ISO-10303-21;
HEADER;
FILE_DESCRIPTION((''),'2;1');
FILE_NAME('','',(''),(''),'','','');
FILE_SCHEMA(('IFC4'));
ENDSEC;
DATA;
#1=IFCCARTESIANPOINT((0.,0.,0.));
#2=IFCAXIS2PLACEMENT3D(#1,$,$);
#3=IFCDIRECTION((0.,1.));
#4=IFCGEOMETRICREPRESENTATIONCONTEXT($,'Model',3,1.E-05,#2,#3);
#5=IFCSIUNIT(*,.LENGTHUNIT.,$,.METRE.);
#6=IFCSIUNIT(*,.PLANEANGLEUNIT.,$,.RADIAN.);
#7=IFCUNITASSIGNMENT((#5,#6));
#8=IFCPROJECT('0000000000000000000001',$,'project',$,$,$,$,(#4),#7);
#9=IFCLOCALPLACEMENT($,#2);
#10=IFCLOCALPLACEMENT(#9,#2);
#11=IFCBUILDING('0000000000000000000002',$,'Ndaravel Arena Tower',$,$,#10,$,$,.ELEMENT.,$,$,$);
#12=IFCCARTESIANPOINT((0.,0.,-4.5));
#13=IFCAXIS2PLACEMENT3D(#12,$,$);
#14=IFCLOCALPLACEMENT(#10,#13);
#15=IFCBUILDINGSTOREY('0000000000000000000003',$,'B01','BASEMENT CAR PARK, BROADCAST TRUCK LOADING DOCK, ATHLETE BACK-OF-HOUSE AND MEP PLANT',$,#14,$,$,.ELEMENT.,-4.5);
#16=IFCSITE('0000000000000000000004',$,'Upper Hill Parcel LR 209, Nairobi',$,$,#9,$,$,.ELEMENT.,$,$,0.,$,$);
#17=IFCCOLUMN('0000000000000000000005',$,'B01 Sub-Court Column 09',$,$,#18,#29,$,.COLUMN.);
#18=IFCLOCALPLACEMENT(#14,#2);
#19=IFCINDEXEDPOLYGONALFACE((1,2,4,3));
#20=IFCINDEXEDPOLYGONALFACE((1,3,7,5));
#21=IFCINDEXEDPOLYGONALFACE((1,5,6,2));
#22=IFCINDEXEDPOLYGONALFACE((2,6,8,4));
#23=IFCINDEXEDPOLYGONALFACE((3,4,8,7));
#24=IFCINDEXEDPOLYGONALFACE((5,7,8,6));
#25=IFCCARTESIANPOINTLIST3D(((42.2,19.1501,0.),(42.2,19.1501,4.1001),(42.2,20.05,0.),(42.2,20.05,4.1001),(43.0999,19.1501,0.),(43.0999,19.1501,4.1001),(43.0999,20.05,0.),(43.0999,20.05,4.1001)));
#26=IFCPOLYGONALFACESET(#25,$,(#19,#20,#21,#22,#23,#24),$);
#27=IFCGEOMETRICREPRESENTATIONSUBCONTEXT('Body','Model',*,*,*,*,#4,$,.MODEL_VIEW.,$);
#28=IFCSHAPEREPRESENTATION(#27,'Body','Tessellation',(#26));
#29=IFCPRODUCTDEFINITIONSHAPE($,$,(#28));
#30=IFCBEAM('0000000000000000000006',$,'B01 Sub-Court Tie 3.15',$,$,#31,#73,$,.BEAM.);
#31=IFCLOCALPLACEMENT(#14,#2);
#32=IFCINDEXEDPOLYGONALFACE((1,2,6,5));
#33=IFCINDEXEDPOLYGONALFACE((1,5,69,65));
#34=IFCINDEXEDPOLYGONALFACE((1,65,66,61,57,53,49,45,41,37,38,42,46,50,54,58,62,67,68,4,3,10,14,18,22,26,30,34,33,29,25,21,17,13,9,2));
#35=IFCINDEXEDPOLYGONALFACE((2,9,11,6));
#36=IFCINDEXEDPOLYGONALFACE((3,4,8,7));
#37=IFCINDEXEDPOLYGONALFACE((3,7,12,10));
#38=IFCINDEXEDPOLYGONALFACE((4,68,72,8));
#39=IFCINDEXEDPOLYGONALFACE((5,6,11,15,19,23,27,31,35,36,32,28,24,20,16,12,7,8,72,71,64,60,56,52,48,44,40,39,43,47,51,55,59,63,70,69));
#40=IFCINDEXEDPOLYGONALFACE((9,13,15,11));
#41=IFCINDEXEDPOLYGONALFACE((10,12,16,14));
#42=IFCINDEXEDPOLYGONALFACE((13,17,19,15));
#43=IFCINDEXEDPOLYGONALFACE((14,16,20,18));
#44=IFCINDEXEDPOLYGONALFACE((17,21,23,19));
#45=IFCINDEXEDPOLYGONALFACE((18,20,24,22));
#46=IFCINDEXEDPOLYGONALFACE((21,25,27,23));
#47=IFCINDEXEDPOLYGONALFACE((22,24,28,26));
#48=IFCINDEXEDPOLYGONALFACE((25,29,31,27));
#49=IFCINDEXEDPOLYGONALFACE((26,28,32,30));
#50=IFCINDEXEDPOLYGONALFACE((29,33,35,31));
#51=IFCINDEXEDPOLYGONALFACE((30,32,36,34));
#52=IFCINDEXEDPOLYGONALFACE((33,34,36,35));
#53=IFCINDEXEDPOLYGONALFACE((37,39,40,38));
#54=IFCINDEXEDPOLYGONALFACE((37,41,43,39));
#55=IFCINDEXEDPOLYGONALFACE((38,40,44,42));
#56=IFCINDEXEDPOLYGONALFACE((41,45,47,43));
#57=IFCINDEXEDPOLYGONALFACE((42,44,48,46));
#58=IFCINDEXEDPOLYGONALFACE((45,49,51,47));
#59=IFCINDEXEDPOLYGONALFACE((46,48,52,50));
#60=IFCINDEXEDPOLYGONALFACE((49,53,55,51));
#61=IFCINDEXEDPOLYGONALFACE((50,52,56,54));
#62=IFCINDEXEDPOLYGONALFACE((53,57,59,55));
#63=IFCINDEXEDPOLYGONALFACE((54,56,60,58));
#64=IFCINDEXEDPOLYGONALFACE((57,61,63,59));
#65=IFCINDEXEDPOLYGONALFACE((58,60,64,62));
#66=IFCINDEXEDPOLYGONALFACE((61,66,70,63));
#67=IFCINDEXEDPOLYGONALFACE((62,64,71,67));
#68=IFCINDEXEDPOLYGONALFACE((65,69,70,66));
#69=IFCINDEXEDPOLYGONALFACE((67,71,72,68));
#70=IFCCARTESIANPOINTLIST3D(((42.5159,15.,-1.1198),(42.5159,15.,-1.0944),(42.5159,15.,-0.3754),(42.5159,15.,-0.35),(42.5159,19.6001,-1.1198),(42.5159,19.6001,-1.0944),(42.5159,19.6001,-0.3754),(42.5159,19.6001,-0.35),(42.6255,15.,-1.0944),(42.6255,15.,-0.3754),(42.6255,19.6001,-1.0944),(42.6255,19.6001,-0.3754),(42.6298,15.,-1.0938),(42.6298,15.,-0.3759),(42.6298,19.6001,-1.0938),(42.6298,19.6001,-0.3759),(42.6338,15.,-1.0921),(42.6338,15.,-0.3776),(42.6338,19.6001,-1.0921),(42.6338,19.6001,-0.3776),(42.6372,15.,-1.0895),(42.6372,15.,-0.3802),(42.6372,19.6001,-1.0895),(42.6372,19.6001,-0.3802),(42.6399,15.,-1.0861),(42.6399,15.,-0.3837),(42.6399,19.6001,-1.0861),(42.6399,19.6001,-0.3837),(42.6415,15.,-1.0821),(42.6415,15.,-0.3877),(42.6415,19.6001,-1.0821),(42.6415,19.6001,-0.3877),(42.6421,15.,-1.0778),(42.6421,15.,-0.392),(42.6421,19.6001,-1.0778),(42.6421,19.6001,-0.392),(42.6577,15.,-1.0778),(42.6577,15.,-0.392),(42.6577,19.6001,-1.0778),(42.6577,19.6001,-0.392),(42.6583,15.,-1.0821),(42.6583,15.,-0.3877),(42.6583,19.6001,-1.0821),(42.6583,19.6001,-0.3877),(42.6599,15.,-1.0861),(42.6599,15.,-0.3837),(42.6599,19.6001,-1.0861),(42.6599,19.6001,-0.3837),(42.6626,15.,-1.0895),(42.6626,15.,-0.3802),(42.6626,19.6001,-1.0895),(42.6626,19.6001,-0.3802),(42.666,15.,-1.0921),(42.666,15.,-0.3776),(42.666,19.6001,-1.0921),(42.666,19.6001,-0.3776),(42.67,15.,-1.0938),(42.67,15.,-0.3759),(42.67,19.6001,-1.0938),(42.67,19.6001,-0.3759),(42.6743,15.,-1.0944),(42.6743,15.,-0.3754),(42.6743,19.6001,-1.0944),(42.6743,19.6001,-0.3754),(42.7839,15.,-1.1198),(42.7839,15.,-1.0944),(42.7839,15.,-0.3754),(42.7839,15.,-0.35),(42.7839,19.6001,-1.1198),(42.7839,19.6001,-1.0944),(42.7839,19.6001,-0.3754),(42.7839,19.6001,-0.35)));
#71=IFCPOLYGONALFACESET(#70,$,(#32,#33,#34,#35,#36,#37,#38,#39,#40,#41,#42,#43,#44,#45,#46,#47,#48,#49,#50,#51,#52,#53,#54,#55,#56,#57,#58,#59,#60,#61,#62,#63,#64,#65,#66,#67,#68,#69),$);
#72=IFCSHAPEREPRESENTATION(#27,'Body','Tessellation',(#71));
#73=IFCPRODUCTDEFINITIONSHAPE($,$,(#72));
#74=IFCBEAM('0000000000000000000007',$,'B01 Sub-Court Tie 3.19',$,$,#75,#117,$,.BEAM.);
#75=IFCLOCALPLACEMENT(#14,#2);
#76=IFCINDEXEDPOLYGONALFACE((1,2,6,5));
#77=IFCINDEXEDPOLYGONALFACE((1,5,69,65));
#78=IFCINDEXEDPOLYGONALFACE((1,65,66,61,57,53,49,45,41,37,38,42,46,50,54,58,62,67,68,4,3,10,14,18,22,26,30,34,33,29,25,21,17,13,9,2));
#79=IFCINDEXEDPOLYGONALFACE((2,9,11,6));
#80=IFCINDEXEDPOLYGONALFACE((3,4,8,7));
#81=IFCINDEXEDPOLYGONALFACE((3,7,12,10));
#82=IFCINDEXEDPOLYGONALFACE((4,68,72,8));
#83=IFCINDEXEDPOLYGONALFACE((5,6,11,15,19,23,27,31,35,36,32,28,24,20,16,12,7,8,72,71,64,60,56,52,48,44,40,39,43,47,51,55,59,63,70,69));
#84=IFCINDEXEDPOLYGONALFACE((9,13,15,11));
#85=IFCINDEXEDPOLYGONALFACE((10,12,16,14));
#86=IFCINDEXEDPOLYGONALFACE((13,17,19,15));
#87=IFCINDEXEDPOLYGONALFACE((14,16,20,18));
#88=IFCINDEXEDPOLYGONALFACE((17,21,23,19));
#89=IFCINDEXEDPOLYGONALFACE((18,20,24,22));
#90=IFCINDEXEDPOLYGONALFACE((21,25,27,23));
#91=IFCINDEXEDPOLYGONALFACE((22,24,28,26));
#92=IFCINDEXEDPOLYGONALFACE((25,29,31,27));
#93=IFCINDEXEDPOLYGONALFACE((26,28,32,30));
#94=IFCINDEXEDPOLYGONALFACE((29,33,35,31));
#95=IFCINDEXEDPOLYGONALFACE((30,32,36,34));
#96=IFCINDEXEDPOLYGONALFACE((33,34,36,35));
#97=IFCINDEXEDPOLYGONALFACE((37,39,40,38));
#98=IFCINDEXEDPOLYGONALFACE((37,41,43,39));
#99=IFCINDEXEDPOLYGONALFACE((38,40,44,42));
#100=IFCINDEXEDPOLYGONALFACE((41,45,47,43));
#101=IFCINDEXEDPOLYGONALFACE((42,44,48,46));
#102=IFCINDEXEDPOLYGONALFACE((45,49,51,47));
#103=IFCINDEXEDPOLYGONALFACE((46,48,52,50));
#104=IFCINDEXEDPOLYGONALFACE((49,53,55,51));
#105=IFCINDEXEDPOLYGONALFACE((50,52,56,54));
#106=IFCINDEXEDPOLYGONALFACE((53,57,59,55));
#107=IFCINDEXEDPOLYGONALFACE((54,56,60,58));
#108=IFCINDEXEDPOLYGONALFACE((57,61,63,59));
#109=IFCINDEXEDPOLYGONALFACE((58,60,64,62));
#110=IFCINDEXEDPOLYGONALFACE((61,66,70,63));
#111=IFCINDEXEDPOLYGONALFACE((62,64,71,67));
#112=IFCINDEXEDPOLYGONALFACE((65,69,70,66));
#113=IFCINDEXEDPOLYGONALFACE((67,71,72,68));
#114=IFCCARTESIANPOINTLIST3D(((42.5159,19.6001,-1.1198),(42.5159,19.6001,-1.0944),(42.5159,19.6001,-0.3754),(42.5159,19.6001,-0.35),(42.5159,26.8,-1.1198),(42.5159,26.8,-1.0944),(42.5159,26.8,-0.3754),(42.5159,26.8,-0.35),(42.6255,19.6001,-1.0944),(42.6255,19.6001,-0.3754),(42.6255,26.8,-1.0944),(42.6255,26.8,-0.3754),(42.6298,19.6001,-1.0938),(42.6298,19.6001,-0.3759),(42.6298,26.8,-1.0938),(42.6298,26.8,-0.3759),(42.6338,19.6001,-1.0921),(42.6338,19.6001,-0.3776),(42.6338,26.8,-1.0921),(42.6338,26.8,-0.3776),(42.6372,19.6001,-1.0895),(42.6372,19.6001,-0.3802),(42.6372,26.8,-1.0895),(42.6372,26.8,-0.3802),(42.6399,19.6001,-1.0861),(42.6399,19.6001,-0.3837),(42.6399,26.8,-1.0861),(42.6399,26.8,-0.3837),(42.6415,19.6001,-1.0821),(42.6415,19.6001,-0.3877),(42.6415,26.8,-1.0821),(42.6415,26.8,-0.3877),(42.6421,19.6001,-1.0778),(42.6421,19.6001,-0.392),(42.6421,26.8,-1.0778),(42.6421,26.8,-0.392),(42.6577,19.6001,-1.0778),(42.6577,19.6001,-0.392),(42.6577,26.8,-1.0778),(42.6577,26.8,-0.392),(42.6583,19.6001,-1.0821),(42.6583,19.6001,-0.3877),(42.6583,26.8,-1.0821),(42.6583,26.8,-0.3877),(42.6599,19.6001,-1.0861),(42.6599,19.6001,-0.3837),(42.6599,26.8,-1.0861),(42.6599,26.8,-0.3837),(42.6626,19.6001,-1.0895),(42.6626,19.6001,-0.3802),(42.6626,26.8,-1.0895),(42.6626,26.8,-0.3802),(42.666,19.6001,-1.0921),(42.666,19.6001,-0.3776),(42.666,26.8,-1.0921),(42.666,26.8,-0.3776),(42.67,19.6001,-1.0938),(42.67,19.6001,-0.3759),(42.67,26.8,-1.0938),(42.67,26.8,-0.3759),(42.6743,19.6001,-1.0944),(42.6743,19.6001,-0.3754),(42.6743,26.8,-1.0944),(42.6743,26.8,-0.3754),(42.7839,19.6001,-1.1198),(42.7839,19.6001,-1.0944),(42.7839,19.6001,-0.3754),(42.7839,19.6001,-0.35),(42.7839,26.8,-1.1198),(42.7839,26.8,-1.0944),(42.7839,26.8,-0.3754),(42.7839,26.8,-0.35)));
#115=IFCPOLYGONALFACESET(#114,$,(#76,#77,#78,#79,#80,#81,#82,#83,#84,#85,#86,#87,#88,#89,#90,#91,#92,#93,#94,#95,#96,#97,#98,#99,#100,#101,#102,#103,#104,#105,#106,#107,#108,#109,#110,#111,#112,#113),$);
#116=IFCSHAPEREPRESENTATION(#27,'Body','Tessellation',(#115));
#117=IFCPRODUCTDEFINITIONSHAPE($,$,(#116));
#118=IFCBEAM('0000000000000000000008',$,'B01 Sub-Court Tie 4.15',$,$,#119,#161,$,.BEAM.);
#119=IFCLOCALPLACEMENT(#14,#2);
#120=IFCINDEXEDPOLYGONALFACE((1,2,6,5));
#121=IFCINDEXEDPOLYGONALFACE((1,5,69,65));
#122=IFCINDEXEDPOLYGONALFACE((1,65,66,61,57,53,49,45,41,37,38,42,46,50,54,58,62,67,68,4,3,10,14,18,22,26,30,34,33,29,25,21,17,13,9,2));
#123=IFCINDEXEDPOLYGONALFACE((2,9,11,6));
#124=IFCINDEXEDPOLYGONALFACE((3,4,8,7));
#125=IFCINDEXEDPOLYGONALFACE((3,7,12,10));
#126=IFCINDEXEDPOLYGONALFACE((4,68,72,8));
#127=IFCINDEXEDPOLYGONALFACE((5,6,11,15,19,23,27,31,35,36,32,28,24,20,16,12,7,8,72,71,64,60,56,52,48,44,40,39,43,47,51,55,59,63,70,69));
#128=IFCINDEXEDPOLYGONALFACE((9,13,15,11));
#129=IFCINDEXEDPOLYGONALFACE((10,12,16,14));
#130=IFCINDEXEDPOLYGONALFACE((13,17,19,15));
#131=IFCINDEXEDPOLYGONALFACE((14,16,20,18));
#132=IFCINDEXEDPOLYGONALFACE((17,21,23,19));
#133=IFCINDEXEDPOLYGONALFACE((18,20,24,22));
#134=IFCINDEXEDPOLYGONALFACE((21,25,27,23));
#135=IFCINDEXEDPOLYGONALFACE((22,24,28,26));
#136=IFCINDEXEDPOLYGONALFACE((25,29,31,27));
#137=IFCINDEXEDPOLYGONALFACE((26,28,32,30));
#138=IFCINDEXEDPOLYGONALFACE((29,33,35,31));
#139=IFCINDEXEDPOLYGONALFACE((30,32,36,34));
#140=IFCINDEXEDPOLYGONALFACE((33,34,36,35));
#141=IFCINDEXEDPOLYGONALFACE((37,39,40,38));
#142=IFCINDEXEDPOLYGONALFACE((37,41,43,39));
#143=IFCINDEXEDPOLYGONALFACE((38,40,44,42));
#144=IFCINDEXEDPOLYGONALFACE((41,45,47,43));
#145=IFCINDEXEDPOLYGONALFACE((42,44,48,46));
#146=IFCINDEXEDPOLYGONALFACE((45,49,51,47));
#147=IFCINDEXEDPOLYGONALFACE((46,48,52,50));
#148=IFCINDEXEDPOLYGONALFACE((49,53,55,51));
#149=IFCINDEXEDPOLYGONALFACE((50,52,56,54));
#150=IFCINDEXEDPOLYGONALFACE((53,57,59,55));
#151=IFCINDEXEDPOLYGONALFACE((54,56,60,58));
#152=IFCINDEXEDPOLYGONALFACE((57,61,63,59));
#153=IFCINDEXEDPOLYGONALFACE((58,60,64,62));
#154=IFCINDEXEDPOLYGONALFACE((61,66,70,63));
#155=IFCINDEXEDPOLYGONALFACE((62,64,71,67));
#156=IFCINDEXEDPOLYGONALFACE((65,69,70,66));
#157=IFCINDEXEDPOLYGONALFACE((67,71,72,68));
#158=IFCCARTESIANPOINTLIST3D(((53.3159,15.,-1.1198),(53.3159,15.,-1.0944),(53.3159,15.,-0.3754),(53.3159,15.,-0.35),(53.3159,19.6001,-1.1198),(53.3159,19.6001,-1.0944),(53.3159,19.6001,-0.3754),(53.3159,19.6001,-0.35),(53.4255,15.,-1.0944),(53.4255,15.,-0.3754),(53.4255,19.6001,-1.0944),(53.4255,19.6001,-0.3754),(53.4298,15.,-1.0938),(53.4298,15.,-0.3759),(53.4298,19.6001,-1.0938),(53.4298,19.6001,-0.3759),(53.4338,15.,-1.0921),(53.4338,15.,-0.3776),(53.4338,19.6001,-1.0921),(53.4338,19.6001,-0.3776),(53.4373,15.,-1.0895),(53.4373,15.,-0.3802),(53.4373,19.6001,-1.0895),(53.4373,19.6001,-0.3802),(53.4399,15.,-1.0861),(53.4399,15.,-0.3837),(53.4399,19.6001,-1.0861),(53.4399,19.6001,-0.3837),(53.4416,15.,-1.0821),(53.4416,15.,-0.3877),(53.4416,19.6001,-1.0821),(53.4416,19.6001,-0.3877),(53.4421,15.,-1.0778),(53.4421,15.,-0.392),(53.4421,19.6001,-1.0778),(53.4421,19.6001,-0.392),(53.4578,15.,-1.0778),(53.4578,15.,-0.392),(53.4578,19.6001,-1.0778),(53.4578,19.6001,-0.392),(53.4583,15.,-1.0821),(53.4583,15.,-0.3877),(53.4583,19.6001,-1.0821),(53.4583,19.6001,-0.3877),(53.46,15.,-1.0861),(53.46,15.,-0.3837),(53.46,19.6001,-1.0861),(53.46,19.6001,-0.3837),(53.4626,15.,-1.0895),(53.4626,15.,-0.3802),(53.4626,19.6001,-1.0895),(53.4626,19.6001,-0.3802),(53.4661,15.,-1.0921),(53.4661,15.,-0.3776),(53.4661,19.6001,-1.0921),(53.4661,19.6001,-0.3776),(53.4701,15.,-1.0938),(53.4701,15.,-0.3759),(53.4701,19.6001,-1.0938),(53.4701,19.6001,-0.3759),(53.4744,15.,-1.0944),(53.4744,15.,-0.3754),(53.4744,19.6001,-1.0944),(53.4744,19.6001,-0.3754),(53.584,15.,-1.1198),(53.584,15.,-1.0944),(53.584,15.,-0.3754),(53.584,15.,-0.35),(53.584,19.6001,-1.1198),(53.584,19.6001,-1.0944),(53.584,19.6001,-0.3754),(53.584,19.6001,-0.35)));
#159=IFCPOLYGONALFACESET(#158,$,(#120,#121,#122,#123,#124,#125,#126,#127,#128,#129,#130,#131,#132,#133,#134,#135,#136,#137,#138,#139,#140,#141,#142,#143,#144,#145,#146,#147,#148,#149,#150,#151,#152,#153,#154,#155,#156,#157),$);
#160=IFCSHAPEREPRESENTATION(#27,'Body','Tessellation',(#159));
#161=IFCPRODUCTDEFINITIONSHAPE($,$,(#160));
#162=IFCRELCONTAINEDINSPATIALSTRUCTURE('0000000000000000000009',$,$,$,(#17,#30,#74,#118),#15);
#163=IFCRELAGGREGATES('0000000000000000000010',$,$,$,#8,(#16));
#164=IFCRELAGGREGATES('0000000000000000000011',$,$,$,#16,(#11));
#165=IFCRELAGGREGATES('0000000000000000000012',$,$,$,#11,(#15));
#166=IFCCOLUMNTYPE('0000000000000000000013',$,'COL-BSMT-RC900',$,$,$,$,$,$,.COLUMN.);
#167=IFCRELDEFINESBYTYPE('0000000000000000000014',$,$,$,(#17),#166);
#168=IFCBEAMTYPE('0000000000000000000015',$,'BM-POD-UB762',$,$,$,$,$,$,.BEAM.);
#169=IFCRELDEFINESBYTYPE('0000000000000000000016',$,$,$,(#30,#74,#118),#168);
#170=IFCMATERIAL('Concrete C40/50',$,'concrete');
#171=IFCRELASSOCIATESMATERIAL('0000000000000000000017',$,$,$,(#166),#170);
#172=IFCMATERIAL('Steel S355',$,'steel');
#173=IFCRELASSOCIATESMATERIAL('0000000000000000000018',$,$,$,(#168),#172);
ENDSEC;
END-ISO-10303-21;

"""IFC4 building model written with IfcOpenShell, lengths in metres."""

from ifc_helpers import new_model, si_unit, direction, frame, origin, origin_2d, place, context, subcontext, project, spatial, rectangle, i_section, extrude, material, material_profile, profile_set, type_object, element, save


model = new_model("IFC4")

# Units and contexts
model_context = context("Model", 3, precision=1e-05, world=origin(), true_north=direction((0.0, 1.0)))
body_context = subcontext(model_context, "Body", "Model", "MODEL_VIEW")
ifc_project = project(units=[si_unit("LENGTHUNIT", "METRE"), si_unit("PLANEANGLEUNIT", "RADIAN")], contexts=[model_context])

# Site, building, storey
site_placement = place(None, origin())
site = spatial("IfcSite", under=ifc_project, at=site_placement, Name="Upper Hill Parcel LR 209, Nairobi", CompositionType="ELEMENT", RefElevation=0.0)
building_placement = place(site_placement, origin())
building = spatial("IfcBuilding", under=site, at=building_placement, Name="Ndaravel Arena Tower", CompositionType="ELEMENT")
storey_placement = place(building_placement, frame((0.0, 0.0, -4.5)))
storey = spatial("IfcBuildingStorey", under=building, at=storey_placement, Name="B01", Description="BASEMENT CAR PARK, BROADCAST TRUCK LOADING DOCK, ATHLETE BACK-OF-HOUSE AND MEP PLANT", CompositionType="ELEMENT", Elevation=-4.5)

# Column
ifc_material_1 = material(Name="Concrete C40/50", Category="concrete")
ifc_material_profile_1 = material_profile(ifc_material_1, rectangle(XDim=0.8999, YDim=0.8999, at=origin_2d()), Name="RC 900x900")
ifc_profile_set_1 = profile_set([ifc_material_profile_1], Name="Concrete C40/50")
column_type = type_object("IfcColumnType", Name="COL-BSMT-RC900", PredefinedType="COLUMN", material=ifc_profile_set_1)
column_placement = place(storey_placement, frame((42.6499, 19.6001, 0.0), z_axis=(0.0, 0.0, 1.0), x_axis=(1.0, 0.0, 0.0)))
element("IfcColumn", 1, at=column_placement, inside=storey, type_object=column_type, Name="B01 Sub-Court Column 09", PredefinedType="COLUMN", context=body_context, shape_type="SweptSolid", body=[
    extrude(rectangle(XDim=0.8999, YDim=0.8999, at=origin_2d()), origin(), (0.0, 0.0, 1.0), 4.1001),
])

# Beams
ifc_material_2 = material(Name="Steel S355", Category="steel")
ifc_material_profile_2 = material_profile(ifc_material_2, i_section(OverallWidth=0.2681, OverallDepth=0.7698, WebThickness=0.0156, FlangeThickness=0.0254, FilletRadius=0.0166, at=origin_2d()), Name="UB 762x267x197")
ifc_profile_set_2 = profile_set([ifc_material_profile_2], Name="Steel S355")
beam_type_1 = type_object("IfcBeamType", Name="BM-POD-UB762", PredefinedType="BEAM", material=ifc_profile_set_2)
beam_1_placement = place(storey_placement, frame((42.6499, 15.0, -0.7349), z_axis=(0.0, 1.0, 0.0), x_axis=(-1.0, 0.0, 0.0)))
element("IfcBeam", 2, at=beam_1_placement, inside=storey, type_object=beam_type_1, Name="B01 Sub-Court Tie 3.15", PredefinedType="BEAM", context=body_context, shape_type="SweptSolid", body=[
    extrude(i_section(OverallWidth=0.2681, OverallDepth=0.7698, WebThickness=0.0156, FlangeThickness=0.0254, FilletRadius=0.0166, at=origin_2d()), origin(), (0.0, 0.0, 1.0), 4.6001),
])
beam_2_placement = place(storey_placement, frame((42.6499, 19.6001, -0.7349), z_axis=(0.0, 1.0, 0.0), x_axis=(-1.0, 0.0, 0.0)))
element("IfcBeam", 3, at=beam_2_placement, inside=storey, type_object=beam_type_1, Name="B01 Sub-Court Tie 3.19", PredefinedType="BEAM", context=body_context, shape_type="SweptSolid", body=[
    extrude(i_section(OverallWidth=0.2681, OverallDepth=0.7698, WebThickness=0.0156, FlangeThickness=0.0254, FilletRadius=0.0166, at=origin_2d()), origin(), (0.0, 0.0, 1.0), 7.2),
])
beam_3_placement = place(storey_placement, frame((53.45, 15.0, -0.7349), z_axis=(0.0, 1.0, 0.0), x_axis=(-1.0, 0.0, 0.0)))
element("IfcBeam", 4, at=beam_3_placement, inside=storey, type_object=beam_type_1, Name="B01 Sub-Court Tie 4.15", PredefinedType="BEAM", context=body_context, shape_type="SweptSolid", body=[
    extrude(i_section(OverallWidth=0.2681, OverallDepth=0.7698, WebThickness=0.0156, FlangeThickness=0.0254, FilletRadius=0.0166, at=origin_2d()), origin(), (0.0, 0.0, 1.0), 4.6001),
])

save(model, "model.ifc")
